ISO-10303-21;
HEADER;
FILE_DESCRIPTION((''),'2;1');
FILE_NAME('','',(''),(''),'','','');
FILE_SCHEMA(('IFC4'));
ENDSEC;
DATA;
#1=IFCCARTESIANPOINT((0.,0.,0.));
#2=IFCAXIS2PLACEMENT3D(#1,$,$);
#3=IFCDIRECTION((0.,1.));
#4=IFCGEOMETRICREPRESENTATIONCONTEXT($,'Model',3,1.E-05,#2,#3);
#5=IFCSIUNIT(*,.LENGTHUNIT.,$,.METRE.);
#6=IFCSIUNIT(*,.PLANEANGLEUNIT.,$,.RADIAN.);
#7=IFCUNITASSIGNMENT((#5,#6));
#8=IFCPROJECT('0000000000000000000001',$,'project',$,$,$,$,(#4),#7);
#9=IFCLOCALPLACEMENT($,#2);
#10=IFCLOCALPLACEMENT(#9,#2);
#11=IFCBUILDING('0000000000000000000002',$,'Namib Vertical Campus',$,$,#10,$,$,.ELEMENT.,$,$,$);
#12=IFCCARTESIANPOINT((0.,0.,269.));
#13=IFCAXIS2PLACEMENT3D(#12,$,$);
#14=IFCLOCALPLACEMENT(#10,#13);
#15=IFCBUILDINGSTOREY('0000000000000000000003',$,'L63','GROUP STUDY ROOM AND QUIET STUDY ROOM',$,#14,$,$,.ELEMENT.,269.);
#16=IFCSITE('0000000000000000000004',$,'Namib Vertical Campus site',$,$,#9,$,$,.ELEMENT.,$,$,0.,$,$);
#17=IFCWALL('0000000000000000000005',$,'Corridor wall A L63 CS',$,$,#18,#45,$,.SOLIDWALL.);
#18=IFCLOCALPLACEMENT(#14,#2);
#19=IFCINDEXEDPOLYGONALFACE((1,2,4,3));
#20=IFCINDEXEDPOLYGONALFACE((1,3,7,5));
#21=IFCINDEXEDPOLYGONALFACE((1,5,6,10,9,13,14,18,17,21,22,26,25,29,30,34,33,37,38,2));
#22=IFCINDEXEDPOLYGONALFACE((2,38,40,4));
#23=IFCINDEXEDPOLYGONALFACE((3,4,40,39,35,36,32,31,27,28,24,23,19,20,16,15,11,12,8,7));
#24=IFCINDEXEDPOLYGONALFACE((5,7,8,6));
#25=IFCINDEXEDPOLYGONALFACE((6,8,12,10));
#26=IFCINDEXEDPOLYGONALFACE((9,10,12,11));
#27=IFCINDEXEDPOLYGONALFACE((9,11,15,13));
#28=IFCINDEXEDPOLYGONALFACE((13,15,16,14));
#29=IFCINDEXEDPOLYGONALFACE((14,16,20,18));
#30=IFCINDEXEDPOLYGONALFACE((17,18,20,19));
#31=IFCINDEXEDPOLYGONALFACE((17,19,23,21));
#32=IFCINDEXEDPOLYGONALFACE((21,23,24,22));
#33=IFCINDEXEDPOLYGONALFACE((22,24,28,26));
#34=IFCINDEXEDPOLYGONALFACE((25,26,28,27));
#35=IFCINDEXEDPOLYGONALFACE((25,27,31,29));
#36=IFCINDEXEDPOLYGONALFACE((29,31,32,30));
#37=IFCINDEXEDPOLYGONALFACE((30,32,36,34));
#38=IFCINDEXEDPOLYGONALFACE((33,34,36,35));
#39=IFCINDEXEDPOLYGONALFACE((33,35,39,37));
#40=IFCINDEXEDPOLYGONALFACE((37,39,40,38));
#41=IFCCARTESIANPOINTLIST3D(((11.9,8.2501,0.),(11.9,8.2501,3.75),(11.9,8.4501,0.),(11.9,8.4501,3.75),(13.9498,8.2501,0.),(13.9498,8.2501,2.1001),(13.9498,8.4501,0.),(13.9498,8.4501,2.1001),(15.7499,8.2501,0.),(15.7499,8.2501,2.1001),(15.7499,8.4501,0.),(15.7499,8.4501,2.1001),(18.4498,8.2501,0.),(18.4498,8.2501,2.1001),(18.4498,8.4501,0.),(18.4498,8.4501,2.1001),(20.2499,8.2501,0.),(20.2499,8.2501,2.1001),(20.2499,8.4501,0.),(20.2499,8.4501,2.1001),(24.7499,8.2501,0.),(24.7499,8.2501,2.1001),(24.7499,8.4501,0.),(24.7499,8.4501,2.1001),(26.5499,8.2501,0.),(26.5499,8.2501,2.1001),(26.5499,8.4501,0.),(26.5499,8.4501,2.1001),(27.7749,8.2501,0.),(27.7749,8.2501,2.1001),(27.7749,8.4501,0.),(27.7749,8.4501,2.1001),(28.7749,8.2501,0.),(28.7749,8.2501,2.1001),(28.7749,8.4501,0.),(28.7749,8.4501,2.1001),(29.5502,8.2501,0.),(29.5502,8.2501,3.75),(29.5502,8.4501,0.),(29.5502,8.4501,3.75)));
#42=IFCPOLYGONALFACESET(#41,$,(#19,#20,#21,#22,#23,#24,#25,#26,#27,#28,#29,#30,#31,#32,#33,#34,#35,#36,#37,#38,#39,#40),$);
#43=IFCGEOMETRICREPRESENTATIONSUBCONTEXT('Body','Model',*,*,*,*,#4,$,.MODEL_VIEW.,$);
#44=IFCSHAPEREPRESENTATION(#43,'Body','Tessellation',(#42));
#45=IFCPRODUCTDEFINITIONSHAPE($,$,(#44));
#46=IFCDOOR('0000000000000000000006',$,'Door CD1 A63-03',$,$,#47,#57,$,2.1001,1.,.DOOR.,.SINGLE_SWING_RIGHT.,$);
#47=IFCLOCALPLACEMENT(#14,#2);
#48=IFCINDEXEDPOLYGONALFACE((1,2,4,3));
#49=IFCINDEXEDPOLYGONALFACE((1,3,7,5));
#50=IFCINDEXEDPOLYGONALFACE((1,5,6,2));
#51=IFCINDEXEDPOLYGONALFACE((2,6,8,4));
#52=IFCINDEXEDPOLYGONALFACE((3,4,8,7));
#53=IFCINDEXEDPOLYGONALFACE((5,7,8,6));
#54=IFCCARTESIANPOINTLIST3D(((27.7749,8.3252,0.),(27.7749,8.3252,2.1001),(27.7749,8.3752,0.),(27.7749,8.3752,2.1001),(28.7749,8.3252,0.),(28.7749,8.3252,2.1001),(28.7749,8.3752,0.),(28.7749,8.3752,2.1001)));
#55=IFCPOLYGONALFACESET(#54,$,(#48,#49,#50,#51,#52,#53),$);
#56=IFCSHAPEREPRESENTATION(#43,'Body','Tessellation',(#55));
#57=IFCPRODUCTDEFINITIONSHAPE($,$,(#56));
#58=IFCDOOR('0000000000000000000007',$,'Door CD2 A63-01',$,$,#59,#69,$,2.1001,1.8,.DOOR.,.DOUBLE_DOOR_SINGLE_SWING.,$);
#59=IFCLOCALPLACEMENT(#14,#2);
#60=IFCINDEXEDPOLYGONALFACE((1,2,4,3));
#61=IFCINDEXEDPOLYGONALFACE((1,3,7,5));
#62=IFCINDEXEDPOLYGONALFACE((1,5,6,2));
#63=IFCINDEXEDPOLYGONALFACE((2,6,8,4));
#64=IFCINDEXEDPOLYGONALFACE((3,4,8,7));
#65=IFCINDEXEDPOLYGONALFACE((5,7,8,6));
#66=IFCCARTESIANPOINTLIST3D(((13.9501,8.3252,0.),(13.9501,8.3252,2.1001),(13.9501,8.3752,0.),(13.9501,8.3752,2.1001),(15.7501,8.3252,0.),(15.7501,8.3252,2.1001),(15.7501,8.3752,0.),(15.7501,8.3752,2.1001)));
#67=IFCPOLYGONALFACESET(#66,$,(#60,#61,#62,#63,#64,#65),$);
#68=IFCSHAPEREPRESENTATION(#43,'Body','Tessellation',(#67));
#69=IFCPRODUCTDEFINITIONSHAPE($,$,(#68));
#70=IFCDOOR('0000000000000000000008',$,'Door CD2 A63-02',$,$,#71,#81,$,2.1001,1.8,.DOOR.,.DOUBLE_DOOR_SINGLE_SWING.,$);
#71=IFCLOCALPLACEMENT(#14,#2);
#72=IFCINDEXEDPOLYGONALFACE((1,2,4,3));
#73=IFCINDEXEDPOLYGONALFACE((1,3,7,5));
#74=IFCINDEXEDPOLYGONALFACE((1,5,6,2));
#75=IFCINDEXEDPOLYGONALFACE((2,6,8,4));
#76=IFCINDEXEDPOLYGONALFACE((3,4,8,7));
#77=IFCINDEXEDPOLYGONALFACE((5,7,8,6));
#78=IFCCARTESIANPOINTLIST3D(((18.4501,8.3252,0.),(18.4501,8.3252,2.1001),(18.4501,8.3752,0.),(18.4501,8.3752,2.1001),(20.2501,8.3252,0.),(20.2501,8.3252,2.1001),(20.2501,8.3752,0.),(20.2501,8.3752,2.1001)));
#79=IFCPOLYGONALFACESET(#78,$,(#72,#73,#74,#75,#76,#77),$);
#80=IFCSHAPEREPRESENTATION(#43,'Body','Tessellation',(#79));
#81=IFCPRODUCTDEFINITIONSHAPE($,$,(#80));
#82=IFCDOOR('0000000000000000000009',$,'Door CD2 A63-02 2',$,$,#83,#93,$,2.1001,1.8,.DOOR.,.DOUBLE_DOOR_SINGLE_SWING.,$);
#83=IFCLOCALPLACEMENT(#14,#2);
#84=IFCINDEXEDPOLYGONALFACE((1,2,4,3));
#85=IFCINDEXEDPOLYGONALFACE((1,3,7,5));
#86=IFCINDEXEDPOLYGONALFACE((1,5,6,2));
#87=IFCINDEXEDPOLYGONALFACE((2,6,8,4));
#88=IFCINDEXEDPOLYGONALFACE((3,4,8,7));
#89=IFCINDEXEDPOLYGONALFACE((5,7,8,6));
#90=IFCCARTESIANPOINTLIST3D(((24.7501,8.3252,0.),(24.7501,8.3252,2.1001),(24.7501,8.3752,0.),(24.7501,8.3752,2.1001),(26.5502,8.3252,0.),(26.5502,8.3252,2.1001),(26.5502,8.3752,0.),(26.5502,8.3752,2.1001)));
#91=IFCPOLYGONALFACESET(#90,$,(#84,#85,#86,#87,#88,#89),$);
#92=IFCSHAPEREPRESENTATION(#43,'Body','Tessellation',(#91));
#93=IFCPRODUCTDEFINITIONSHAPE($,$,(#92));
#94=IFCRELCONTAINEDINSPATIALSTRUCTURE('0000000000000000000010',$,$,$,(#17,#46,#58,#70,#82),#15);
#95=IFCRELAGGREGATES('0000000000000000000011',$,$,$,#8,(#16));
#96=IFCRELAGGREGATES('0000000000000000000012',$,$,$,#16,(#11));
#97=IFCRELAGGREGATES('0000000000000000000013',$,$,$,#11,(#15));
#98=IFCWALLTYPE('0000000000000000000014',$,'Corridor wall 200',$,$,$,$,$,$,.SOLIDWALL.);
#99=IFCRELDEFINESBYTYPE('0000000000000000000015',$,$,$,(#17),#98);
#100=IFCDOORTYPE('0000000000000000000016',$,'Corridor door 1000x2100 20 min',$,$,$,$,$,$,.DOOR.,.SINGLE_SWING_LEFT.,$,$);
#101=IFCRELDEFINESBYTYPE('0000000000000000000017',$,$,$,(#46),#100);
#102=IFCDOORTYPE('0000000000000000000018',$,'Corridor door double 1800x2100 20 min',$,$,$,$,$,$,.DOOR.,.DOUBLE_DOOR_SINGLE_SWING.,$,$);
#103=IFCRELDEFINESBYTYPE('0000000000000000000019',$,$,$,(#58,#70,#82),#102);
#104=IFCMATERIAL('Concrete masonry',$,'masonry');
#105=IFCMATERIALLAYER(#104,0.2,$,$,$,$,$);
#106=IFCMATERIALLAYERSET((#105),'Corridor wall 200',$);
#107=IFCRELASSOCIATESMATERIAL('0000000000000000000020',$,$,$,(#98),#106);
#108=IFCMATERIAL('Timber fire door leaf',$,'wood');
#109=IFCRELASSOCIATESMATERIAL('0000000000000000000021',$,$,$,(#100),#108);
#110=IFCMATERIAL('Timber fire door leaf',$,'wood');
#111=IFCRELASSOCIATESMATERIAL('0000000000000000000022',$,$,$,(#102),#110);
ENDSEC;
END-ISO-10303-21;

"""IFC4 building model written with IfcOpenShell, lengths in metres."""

from ifc_helpers import new_model, si_unit, direction, frame, frame_2d, origin, place, context, subcontext, project, spatial, rectangle, extrude, material, layer, layer_set, type_object, element, fill, save


model = new_model("IFC4")

# Units and contexts
model_context = context("Model", 3, precision=1e-05, world=origin(), true_north=direction((0.0, 1.0)))
body_context = subcontext(model_context, "Body", "Model", "MODEL_VIEW")
ifc_project = project(units=[si_unit("LENGTHUNIT", "METRE"), si_unit("PLANEANGLEUNIT", "RADIAN")], contexts=[model_context])

# Site, building, storey
site_placement = place(None, origin())
site = spatial("IfcSite", under=ifc_project, at=site_placement, Name="Namib Vertical Campus site", CompositionType="ELEMENT", RefElevation=0.0)
building_placement = place(site_placement, origin())
building = spatial("IfcBuilding", under=site, at=building_placement, Name="Namib Vertical Campus", CompositionType="ELEMENT")
storey_placement = place(building_placement, frame((0.0, 0.0, 269.0)))
storey = spatial("IfcBuildingStorey", under=building, at=storey_placement, Name="L63", Description="GROUP STUDY ROOM AND QUIET STUDY ROOM", CompositionType="ELEMENT", Elevation=269.0)

# Wall, openings, doors
ifc_material_1 = material(Name="Concrete masonry", Category="masonry")
ifc_layer_1 = layer(ifc_material_1, 0.2)
ifc_layer_set_1 = layer_set([ifc_layer_1], Name="Corridor wall 200")
wall_type = type_object("IfcWallType", Name="Corridor wall 200", PredefinedType="SOLIDWALL", material=ifc_layer_set_1)
wall_placement = place(storey_placement, frame((11.8999, 8.3501, 0.0), z_axis=(0.0, 0.0, 1.0), x_axis=(1.0, 0.0, 0.0)))
wall = element("IfcWall", 1, at=wall_placement, inside=storey, type_object=wall_type, Name="Corridor wall A L63 CS", PredefinedType="SOLIDWALL", context=body_context, shape_type="SweptSolid", body=[
    extrude(rectangle(XDim=17.6501, YDim=0.2, at=frame_2d((8.8252, 0.0))), origin(), (0.0, 0.0, 1.0), 3.75),
])
opening_1_placement = place(wall_placement, frame((2.05, 0.0, 0.0)))
opening_1 = element("IfcOpeningElement", 2, at=opening_1_placement, cuts=wall, PredefinedType="OPENING", context=body_context, shape_type="SweptSolid", body=[
    extrude(rectangle(XDim=1.8, YDim=2.1001, at=frame_2d((0.8999, 1.05))), frame((0.0, 0.1099, 0.0), z_axis=(0.0, -1.0, 0.0), x_axis=(1.0, 0.0, 0.0)), (0.0, 0.0, 1.0), 0.22),
])
opening_2_placement = place(wall_placement, frame((6.55, 0.0, 0.0)))
opening_2 = element("IfcOpeningElement", 3, at=opening_2_placement, cuts=wall, PredefinedType="OPENING", context=body_context, shape_type="SweptSolid", body=[
    extrude(rectangle(XDim=1.8, YDim=2.1001, at=frame_2d((0.8999, 1.05))), frame((0.0, 0.1099, 0.0), z_axis=(0.0, -1.0, 0.0), x_axis=(1.0, 0.0, 0.0)), (0.0, 0.0, 1.0), 0.22),
])
opening_3_placement = place(wall_placement, frame((12.8501, 0.0, 0.0)))
opening_3 = element("IfcOpeningElement", 4, at=opening_3_placement, cuts=wall, PredefinedType="OPENING", context=body_context, shape_type="SweptSolid", body=[
    extrude(rectangle(XDim=1.8, YDim=2.1001, at=frame_2d((0.8999, 1.05))), frame((0.0, 0.1099, 0.0), z_axis=(0.0, -1.0, 0.0), x_axis=(1.0, 0.0, 0.0)), (0.0, 0.0, 1.0), 0.22),
])
opening_4_placement = place(wall_placement, frame((15.875, 0.0, 0.0)))
opening_4 = element("IfcOpeningElement", 5, at=opening_4_placement, cuts=wall, PredefinedType="OPENING", context=body_context, shape_type="SweptSolid", body=[
    extrude(rectangle(XDim=1.0, YDim=2.1001, at=frame_2d((0.5, 1.05))), frame((0.0, 0.1099, 0.0), z_axis=(0.0, -1.0, 0.0), x_axis=(1.0, 0.0, 0.0)), (0.0, 0.0, 1.0), 0.22),
])
ifc_material_2 = material(Name="Timber fire door leaf", Category="wood")
door_type_1 = type_object("IfcDoorType", Name="Corridor door 1000x2100 20 min", OperationType="SINGLE_SWING_LEFT", PredefinedType="DOOR", material=ifc_material_2)
door_1_placement = place(opening_4_placement, frame((1.0, 0.0, 0.0), z_axis=(0.0, 0.0, 1.0), x_axis=(-1.0, 0.0, 0.0)))
door_1 = element("IfcDoor", 6, at=door_1_placement, inside=storey, type_object=door_type_1, Name="Door CD1 A63-03", OperationType="SINGLE_SWING_RIGHT", OverallHeight=2.1001, OverallWidth=1.0, PredefinedType="DOOR", context=body_context, shape_type="SweptSolid", body=[
    extrude(rectangle(XDim=1.0, YDim=2.1001, at=frame_2d((0.5, 1.05))), frame((0.0, 0.0249, 0.0), z_axis=(0.0, -1.0, 0.0), x_axis=(1.0, 0.0, 0.0)), (0.0, 0.0, 1.0), 0.05),
])
fill(opening_4, door_1)
ifc_material_3 = material(Name="Timber fire door leaf", Category="wood")
door_type_2 = type_object("IfcDoorType", Name="Corridor door double 1800x2100 20 min", OperationType="DOUBLE_DOOR_SINGLE_SWING", PredefinedType="DOOR", material=ifc_material_3)
door_2_placement = place(opening_1_placement, frame((1.8, 0.0, 0.0), z_axis=(0.0, 0.0, 1.0), x_axis=(-1.0, 0.0, 0.0)))
door_2 = element("IfcDoor", 7, at=door_2_placement, inside=storey, type_object=door_type_2, Name="Door CD2 A63-01", OperationType="DOUBLE_DOOR_SINGLE_SWING", OverallHeight=2.1001, OverallWidth=1.8, PredefinedType="DOOR", context=body_context, shape_type="SweptSolid", body=[
    extrude(rectangle(XDim=1.8, YDim=2.1001, at=frame_2d((0.8999, 1.05))), frame((0.0, 0.0249, 0.0), z_axis=(0.0, -1.0, 0.0), x_axis=(1.0, 0.0, 0.0)), (0.0, 0.0, 1.0), 0.05),
])
fill(opening_1, door_2)
door_3_placement = place(opening_2_placement, frame((1.8, 0.0, 0.0), z_axis=(0.0, 0.0, 1.0), x_axis=(-1.0, 0.0, 0.0)))
door_3 = element("IfcDoor", 8, at=door_3_placement, inside=storey, type_object=door_type_2, Name="Door CD2 A63-02", OperationType="DOUBLE_DOOR_SINGLE_SWING", OverallHeight=2.1001, OverallWidth=1.8, PredefinedType="DOOR", context=body_context, shape_type="SweptSolid", body=[
    extrude(rectangle(XDim=1.8, YDim=2.1001, at=frame_2d((0.8999, 1.05))), frame((0.0, 0.0249, 0.0), z_axis=(0.0, -1.0, 0.0), x_axis=(1.0, 0.0, 0.0)), (0.0, 0.0, 1.0), 0.05),
])
fill(opening_2, door_3)
door_4_placement = place(opening_3_placement, frame((1.8, 0.0, 0.0), z_axis=(0.0, 0.0, 1.0), x_axis=(-1.0, 0.0, 0.0)))
door_4 = element("IfcDoor", 9, at=door_4_placement, inside=storey, type_object=door_type_2, Name="Door CD2 A63-02 2", OperationType="DOUBLE_DOOR_SINGLE_SWING", OverallHeight=2.1001, OverallWidth=1.8, PredefinedType="DOOR", context=body_context, shape_type="SweptSolid", body=[
    extrude(rectangle(XDim=1.8, YDim=2.1001, at=frame_2d((0.8999, 1.05))), frame((0.0, 0.0249, 0.0), z_axis=(0.0, -1.0, 0.0), x_axis=(1.0, 0.0, 0.0)), (0.0, 0.0, 1.0), 0.05),
])
fill(opening_3, door_4)

save(model, "model.ifc")
